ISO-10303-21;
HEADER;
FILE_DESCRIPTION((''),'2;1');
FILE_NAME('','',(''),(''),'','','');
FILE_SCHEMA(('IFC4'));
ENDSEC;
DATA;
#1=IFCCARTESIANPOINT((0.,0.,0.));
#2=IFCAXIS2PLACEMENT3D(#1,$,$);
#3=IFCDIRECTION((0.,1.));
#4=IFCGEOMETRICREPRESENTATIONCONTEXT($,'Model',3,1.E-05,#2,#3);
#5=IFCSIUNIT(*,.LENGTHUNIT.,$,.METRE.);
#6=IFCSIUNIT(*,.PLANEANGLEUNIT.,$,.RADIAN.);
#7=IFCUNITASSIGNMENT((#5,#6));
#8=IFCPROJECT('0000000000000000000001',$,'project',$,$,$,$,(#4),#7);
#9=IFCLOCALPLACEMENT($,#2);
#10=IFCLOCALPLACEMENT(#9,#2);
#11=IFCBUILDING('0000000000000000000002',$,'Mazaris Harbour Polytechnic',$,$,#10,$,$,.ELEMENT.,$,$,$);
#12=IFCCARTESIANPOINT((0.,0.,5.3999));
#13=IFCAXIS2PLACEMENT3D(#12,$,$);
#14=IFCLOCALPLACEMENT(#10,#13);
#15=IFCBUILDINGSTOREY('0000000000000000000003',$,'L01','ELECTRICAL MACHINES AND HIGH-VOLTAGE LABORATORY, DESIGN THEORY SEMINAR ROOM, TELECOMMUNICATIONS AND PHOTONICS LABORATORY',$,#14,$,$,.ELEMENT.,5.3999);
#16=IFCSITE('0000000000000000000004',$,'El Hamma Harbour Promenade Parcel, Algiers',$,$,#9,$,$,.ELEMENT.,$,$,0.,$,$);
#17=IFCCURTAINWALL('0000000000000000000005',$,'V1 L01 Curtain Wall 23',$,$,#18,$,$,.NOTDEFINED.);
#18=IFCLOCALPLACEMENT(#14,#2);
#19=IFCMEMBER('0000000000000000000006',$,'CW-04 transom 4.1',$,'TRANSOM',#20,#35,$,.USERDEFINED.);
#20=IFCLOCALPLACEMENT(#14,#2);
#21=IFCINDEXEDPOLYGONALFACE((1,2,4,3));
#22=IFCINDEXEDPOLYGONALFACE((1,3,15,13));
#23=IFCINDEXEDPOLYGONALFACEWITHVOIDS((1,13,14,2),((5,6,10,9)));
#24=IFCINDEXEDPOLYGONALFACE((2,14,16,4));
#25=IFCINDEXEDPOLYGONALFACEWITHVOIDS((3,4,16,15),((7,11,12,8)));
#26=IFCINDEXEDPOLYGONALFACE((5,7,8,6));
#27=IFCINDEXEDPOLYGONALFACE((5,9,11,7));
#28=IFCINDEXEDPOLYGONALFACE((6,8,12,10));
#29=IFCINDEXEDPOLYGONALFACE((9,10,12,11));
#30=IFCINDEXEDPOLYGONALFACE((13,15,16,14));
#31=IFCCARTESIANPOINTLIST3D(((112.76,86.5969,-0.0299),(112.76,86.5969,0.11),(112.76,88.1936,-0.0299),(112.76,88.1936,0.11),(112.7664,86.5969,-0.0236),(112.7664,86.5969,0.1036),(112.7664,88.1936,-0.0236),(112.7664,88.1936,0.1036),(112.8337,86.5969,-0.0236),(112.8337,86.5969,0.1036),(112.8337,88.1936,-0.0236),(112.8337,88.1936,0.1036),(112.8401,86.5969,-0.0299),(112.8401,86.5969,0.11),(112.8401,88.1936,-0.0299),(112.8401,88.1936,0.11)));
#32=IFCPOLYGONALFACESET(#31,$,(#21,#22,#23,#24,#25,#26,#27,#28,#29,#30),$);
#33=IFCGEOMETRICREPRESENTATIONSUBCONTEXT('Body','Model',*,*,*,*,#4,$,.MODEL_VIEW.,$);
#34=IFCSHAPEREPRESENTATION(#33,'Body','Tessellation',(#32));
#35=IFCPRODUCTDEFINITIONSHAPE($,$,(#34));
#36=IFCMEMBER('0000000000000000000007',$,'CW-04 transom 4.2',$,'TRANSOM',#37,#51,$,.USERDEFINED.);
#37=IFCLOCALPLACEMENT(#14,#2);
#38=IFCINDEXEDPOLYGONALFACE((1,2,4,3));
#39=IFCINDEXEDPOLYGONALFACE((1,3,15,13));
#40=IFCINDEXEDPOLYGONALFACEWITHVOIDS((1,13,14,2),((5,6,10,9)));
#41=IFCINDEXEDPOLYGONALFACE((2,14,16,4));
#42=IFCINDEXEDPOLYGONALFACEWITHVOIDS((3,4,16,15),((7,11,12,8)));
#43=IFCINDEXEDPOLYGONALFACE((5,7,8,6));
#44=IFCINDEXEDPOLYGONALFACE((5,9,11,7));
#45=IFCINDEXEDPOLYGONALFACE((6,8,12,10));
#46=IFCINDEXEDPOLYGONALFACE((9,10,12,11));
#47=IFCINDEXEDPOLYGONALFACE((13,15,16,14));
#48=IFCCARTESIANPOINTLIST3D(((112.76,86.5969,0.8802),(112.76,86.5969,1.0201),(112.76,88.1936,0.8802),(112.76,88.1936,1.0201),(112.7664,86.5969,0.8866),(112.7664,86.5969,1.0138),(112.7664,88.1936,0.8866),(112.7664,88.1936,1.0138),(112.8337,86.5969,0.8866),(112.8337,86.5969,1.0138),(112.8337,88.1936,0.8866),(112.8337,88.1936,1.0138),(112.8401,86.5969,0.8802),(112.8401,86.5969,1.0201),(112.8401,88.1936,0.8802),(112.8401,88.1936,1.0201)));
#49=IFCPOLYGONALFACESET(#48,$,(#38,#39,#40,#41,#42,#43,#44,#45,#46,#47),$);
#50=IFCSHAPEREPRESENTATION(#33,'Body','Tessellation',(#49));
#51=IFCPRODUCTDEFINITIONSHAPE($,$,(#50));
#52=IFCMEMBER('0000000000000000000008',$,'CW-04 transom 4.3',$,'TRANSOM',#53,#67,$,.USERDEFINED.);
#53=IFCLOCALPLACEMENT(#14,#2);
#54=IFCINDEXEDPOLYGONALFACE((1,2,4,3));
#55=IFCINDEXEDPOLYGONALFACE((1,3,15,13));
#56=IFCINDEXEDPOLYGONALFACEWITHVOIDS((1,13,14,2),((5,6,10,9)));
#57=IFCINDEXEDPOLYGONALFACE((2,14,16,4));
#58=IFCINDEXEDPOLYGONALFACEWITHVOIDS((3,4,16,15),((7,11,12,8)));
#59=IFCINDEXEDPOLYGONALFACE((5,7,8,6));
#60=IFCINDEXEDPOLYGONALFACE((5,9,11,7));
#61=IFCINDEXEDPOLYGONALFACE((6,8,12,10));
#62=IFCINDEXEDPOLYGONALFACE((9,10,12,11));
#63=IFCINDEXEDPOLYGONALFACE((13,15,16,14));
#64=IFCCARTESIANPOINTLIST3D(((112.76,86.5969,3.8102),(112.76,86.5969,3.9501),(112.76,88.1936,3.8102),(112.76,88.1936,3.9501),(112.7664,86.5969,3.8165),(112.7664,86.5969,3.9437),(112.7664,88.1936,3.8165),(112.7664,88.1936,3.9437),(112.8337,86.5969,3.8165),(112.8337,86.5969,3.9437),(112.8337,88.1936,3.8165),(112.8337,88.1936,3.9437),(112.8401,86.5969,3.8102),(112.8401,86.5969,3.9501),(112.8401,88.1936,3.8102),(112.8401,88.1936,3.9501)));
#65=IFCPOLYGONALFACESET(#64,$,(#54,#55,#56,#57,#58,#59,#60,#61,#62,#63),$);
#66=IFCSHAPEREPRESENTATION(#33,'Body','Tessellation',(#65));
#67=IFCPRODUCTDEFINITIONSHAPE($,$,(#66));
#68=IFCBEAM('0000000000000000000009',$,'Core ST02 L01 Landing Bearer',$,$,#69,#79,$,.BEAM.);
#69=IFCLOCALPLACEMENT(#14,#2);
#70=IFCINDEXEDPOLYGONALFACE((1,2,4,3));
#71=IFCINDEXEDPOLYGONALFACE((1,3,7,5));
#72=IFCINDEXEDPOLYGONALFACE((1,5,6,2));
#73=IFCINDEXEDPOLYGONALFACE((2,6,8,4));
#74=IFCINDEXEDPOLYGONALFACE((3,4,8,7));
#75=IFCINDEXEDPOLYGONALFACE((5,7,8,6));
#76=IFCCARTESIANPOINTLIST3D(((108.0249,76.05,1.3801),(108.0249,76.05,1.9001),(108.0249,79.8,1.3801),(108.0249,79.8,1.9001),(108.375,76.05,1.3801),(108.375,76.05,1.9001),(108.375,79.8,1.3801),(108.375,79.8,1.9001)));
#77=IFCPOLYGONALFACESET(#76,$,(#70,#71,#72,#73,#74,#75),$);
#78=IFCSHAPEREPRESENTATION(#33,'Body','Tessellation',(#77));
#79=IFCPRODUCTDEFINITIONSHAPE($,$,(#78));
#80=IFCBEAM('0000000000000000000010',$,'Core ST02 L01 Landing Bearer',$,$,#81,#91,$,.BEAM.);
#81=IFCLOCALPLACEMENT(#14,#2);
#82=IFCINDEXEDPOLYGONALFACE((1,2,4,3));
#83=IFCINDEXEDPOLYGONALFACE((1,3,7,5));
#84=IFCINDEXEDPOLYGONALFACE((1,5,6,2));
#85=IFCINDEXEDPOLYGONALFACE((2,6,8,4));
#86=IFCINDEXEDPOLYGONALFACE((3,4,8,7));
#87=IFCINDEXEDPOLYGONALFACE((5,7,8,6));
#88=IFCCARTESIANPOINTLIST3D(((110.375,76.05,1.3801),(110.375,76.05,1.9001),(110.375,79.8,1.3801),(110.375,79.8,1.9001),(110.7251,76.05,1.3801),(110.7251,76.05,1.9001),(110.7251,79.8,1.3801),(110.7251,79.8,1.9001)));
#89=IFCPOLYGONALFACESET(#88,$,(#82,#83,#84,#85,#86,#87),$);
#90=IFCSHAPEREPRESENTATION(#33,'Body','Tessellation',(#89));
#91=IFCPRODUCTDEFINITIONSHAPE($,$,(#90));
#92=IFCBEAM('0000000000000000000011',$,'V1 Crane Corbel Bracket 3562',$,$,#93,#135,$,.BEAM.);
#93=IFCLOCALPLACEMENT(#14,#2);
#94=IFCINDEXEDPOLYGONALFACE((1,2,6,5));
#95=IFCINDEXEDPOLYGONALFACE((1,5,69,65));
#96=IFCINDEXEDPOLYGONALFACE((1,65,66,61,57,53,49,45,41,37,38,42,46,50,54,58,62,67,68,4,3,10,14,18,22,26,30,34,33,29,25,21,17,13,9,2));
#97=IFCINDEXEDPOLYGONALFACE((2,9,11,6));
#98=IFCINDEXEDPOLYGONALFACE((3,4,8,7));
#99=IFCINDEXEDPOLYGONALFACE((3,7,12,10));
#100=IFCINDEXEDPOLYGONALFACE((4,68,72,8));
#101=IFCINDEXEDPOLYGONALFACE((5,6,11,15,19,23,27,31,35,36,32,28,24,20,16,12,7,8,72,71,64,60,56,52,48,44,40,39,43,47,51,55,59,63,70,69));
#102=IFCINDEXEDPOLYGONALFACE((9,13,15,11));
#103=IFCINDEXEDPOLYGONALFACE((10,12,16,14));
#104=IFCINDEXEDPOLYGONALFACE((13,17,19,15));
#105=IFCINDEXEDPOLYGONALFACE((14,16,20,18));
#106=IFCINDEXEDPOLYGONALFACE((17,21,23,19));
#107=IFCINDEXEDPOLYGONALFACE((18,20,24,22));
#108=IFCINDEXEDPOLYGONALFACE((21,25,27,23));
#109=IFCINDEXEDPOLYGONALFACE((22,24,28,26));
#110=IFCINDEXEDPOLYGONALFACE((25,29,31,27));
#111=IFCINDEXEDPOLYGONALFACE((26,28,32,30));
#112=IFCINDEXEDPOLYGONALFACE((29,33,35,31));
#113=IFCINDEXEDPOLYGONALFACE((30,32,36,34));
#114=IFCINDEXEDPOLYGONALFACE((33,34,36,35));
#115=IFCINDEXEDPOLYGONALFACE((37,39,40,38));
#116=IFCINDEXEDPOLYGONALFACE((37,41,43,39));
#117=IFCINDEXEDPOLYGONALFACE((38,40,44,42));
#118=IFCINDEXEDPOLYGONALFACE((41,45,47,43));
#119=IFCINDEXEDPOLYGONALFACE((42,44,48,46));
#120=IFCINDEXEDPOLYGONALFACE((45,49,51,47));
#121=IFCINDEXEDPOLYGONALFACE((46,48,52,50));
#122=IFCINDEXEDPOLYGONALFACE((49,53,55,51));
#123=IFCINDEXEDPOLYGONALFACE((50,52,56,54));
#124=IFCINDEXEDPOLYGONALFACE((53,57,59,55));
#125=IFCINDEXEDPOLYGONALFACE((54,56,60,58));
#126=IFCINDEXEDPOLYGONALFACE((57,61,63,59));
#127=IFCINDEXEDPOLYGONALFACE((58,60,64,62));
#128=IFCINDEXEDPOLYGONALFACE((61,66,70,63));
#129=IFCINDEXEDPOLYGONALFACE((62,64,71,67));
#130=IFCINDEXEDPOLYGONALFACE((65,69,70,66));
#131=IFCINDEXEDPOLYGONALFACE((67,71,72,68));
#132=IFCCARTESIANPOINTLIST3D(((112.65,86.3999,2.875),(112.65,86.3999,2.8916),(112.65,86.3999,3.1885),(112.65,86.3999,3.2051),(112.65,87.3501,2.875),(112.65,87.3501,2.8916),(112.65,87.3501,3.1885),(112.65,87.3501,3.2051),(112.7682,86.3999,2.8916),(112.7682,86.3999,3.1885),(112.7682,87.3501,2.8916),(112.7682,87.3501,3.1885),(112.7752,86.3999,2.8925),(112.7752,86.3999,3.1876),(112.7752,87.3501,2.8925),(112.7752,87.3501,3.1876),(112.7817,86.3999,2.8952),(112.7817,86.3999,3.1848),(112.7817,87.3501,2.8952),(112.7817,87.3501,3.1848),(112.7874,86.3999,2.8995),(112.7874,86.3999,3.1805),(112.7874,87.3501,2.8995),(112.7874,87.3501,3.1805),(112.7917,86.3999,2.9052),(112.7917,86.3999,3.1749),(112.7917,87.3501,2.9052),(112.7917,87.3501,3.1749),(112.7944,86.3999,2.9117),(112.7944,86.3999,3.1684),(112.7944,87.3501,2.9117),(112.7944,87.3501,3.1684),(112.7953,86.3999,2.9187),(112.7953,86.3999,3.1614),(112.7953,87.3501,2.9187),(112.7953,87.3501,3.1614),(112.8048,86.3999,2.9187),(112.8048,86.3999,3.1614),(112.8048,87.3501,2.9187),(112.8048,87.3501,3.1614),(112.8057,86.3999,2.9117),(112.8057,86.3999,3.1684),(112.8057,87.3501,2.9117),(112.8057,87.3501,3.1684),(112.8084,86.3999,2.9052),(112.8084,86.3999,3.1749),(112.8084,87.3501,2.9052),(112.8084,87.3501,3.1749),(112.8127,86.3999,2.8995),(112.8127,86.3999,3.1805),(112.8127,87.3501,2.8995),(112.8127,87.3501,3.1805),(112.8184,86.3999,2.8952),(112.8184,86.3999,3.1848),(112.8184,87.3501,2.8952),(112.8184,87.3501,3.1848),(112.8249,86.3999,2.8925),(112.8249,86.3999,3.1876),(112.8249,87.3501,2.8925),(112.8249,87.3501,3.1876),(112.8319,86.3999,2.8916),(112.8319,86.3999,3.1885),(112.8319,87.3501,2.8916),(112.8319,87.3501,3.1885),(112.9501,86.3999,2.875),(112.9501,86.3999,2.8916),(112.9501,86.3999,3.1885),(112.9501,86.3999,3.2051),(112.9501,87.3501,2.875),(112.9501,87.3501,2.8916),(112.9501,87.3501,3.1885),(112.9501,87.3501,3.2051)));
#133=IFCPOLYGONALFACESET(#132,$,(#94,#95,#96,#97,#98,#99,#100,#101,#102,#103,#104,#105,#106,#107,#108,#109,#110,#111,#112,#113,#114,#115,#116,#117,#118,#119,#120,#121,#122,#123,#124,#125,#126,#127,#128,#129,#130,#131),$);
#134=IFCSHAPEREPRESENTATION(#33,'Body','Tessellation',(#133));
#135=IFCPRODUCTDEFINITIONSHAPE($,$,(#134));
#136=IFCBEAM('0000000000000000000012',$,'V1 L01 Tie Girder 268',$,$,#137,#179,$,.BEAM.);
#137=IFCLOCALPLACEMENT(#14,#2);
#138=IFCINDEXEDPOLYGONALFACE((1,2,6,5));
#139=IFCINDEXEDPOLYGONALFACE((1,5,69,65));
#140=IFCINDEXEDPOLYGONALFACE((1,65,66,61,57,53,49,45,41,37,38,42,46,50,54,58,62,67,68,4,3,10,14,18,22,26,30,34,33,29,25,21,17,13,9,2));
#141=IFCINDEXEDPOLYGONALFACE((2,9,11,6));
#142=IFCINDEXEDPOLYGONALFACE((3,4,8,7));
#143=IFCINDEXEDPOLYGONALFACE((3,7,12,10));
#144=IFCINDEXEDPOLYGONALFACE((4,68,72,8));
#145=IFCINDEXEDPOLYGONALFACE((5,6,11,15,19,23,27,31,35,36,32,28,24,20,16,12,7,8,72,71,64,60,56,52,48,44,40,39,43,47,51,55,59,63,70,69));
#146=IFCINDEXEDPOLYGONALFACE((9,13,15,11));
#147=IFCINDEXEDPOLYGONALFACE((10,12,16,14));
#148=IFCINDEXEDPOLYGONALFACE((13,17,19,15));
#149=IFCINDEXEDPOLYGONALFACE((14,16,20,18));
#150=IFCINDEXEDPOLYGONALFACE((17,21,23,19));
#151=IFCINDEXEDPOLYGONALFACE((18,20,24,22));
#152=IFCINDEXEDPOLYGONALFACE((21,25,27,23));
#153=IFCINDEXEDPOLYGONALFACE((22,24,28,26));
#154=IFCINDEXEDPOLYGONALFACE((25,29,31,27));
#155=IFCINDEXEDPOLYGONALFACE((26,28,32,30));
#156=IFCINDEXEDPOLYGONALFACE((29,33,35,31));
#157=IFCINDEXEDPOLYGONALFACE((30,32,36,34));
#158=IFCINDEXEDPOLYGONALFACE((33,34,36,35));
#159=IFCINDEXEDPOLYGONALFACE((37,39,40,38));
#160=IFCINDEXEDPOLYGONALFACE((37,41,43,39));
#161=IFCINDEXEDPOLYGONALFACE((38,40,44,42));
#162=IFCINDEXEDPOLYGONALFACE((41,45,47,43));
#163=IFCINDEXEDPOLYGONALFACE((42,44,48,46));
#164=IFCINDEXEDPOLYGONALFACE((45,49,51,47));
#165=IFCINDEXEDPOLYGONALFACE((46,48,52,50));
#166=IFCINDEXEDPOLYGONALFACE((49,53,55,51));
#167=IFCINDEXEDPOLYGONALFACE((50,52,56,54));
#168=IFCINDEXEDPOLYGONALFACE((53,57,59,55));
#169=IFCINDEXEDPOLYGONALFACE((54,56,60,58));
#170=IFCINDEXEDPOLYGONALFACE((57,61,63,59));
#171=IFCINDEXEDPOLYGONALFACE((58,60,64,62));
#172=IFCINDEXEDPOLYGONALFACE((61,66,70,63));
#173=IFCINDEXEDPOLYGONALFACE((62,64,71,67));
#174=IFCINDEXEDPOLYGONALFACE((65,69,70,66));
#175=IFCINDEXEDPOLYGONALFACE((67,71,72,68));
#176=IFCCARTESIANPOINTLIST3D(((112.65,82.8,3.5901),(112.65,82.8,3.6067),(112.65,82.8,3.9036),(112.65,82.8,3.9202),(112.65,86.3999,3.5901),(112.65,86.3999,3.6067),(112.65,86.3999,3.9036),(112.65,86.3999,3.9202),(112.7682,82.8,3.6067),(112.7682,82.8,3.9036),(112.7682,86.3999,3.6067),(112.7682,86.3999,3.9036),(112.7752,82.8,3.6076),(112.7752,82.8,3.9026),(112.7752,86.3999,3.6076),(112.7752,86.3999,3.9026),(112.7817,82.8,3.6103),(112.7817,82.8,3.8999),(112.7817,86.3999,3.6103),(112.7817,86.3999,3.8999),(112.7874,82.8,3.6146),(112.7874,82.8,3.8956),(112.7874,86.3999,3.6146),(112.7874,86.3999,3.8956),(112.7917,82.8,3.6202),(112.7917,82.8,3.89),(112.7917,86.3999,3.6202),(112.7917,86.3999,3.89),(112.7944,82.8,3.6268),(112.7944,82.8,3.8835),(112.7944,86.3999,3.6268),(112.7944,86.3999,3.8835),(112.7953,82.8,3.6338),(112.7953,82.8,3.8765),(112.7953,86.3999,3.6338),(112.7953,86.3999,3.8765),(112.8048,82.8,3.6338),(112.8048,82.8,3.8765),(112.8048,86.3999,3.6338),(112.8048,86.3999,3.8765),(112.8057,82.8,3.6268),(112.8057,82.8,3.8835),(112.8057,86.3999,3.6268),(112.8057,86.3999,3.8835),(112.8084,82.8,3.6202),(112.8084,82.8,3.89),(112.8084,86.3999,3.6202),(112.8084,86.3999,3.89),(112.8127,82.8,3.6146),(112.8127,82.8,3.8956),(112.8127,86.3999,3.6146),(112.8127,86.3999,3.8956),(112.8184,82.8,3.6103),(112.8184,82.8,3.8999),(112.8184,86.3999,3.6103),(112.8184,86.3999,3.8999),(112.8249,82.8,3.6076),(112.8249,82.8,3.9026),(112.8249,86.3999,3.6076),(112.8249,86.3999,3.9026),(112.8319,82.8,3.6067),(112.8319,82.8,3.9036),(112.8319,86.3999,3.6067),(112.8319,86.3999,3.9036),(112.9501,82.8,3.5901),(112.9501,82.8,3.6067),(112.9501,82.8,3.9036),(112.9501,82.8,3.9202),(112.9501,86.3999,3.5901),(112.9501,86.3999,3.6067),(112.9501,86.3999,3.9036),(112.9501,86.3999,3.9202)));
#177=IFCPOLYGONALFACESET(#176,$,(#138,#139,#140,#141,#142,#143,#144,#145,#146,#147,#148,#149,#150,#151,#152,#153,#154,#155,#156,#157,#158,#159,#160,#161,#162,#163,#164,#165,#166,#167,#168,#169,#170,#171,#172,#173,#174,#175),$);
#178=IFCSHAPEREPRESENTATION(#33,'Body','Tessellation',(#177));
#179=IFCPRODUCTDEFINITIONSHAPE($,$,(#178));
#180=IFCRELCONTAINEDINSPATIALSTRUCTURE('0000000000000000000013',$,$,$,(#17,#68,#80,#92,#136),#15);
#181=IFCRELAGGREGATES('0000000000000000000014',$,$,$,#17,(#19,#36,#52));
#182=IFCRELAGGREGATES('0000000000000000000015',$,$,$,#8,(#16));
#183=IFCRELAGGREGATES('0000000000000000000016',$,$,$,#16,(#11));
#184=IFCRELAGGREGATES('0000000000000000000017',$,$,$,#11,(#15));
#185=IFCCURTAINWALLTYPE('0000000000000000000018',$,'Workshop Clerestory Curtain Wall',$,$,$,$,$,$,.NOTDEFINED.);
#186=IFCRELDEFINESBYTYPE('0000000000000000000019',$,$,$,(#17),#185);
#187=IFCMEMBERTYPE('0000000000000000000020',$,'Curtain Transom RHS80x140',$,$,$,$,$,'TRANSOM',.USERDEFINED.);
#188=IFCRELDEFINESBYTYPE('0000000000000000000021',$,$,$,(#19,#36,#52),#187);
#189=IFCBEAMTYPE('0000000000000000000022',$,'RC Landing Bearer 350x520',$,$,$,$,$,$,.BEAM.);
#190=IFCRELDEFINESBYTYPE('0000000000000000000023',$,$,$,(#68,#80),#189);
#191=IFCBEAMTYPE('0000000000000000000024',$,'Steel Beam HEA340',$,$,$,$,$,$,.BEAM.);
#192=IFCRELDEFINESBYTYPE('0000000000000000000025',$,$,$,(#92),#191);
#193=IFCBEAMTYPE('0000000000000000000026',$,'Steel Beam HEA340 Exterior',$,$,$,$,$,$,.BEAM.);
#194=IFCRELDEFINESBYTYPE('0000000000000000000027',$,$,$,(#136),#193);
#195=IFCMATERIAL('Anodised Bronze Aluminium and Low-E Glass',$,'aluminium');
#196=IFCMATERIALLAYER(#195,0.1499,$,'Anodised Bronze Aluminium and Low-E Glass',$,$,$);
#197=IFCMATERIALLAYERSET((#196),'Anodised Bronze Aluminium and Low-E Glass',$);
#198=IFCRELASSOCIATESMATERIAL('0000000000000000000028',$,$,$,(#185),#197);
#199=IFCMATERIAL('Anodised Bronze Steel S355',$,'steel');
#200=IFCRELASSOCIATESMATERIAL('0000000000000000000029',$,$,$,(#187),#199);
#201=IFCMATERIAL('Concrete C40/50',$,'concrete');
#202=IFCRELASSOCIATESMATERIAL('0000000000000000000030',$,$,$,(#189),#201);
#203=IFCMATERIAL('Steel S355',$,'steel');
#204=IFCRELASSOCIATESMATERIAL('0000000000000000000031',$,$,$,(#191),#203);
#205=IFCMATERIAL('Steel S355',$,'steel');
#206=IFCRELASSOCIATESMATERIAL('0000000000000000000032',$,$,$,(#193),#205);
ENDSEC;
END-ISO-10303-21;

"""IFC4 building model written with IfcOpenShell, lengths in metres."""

from ifc_helpers import new_model, si_unit, direction, frame, origin, origin_2d, place, context, subcontext, project, spatial, rectangle, hollow_rectangle, i_section, extrude, material, layer, layer_set, material_profile, profile_set, type_object, element, aggregate, save


model = new_model("IFC4")

# Units and contexts
model_context = context("Model", 3, precision=1e-05, world=origin(), true_north=direction((0.0, 1.0)))
body_context = subcontext(model_context, "Body", "Model", "MODEL_VIEW")
ifc_project = project(units=[si_unit("LENGTHUNIT", "METRE"), si_unit("PLANEANGLEUNIT", "RADIAN")], contexts=[model_context])

# Site, building, storey
site_placement = place(None, origin())
site = spatial("IfcSite", under=ifc_project, at=site_placement, Name="El Hamma Harbour Promenade Parcel, Algiers", CompositionType="ELEMENT", RefElevation=0.0)
building_placement = place(site_placement, origin())
building = spatial("IfcBuilding", under=site, at=building_placement, Name="Mazaris Harbour Polytechnic", CompositionType="ELEMENT")
storey_placement = place(building_placement, frame((0.0, 0.0, 5.3999)))
storey = spatial("IfcBuildingStorey", under=building, at=storey_placement, Name="L01", Description="ELECTRICAL MACHINES AND HIGH-VOLTAGE LABORATORY, DESIGN THEORY SEMINAR ROOM, TELECOMMUNICATIONS AND PHOTONICS LABORATORY", CompositionType="ELEMENT", Elevation=5.3999)

# Curtain wall
ifc_material_1 = material(Name="Anodised Bronze Aluminium and Low-E Glass", Category="aluminium")
ifc_layer_1 = layer(ifc_material_1, 0.1499, Name="Anodised Bronze Aluminium and Low-E Glass")
ifc_layer_set_1 = layer_set([ifc_layer_1], Name="Anodised Bronze Aluminium and Low-E Glass")
curtain_wall_type_1 = type_object("IfcCurtainWallType", Name="Workshop Clerestory Curtain Wall", PredefinedType="NOTDEFINED", material=ifc_layer_set_1)
curtain_wall_1_placement = place(storey_placement, origin())
curtain_wall_1 = element("IfcCurtainWall", 1, at=curtain_wall_1_placement, inside=storey, type_object=curtain_wall_type_1, Name="V1 L01 Curtain Wall 23", PredefinedType="NOTDEFINED")

# Members
ifc_material_2 = material(Name="Anodised Bronze Steel S355", Category="steel")
ifc_material_profile_1 = material_profile(ifc_material_2, hollow_rectangle(XDim=0.0801, YDim=0.1399, WallThickness=0.0063, at=origin_2d()), Name="RHS 80x140x6.3")
ifc_profile_set_1 = profile_set([ifc_material_profile_1], Name="Anodised Bronze Steel S355")
member_type_1 = type_object("IfcMemberType", Name="Curtain Transom RHS80x140", ElementType="TRANSOM", PredefinedType="USERDEFINED", material=ifc_profile_set_1)
member_1_placement = place(storey_placement, frame((112.8, 88.1936, 0.04), z_axis=(0.0, -1.0, 0.0), x_axis=(1.0, 0.0, 0.0)))
member_1 = element("IfcMember", 2, at=member_1_placement, type_object=member_type_1, Name="CW-04 transom 4.1", ObjectType="TRANSOM", PredefinedType="USERDEFINED", context=body_context, shape_type="SweptSolid", body=[
    extrude(hollow_rectangle(XDim=0.0801, YDim=0.1399, WallThickness=0.0063, at=origin_2d()), origin(), (0.0, 0.0, 1.0), 1.5967),
])
member_2_placement = place(storey_placement, frame((112.8, 88.1936, 0.9502), z_axis=(0.0, -1.0, 0.0), x_axis=(1.0, 0.0, 0.0)))
member_2 = element("IfcMember", 3, at=member_2_placement, type_object=member_type_1, Name="CW-04 transom 4.2", ObjectType="TRANSOM", PredefinedType="USERDEFINED", context=body_context, shape_type="SweptSolid", body=[
    extrude(hollow_rectangle(XDim=0.0801, YDim=0.1399, WallThickness=0.0063, at=origin_2d()), origin(), (0.0, 0.0, 1.0), 1.5967),
])
member_3_placement = place(storey_placement, frame((112.8, 88.1936, 3.8801), z_axis=(0.0, -1.0, 0.0), x_axis=(1.0, 0.0, 0.0)))
member_3 = element("IfcMember", 4, at=member_3_placement, type_object=member_type_1, Name="CW-04 transom 4.3", ObjectType="TRANSOM", PredefinedType="USERDEFINED", context=body_context, shape_type="SweptSolid", body=[
    extrude(hollow_rectangle(XDim=0.0801, YDim=0.1399, WallThickness=0.0063, at=origin_2d()), origin(), (0.0, 0.0, 1.0), 1.5967),
])

# Beams
ifc_material_3 = material(Name="Concrete C40/50", Category="concrete")
ifc_material_profile_2 = material_profile(ifc_material_3, rectangle(XDim=0.3501, YDim=0.52, at=origin_2d()), Name="RECT350x520")
ifc_profile_set_2 = profile_set([ifc_material_profile_2], Name="Concrete C40/50")
beam_type_1 = type_object("IfcBeamType", Name="RC Landing Bearer 350x520", PredefinedType="BEAM", material=ifc_profile_set_2)
for number, where, z_axis, x_axis, name in (
    (5, (108.2, 76.05, 1.6401), (0.0, 1.0, 0.0), (-1.0, 0.0, 0.0), "Core ST02 L01 Landing Bearer"),
    (6, (110.55, 76.05, 1.6401), (0.0, 1.0, 0.0), (-1.0, 0.0, 0.0), "Core ST02 L01 Landing Bearer"),
):
    element("IfcBeam", number, at=place(storey_placement, frame(where, z_axis=z_axis, x_axis=x_axis)), inside=storey, type_object=beam_type_1, Name=name, PredefinedType="BEAM", context=body_context, shape_type="SweptSolid", body=[
        extrude(rectangle(XDim=0.3501, YDim=0.52, at=origin_2d()), origin(), (0.0, 0.0, 1.0), 3.75),
    ])
ifc_material_4 = material(Name="Steel S355", Category="steel")
ifc_material_profile_3 = material_profile(ifc_material_4, i_section(OverallWidth=0.3, OverallDepth=0.3301, WebThickness=0.0095, FlangeThickness=0.0166, FilletRadius=0.0271, at=origin_2d()), Name="HEA 340")
ifc_profile_set_3 = profile_set([ifc_material_profile_3], Name="Steel S355")
beam_type_2 = type_object("IfcBeamType", Name="Steel Beam HEA340", PredefinedType="BEAM", material=ifc_profile_set_3)
beam_1_placement = place(storey_placement, frame((112.8, 86.3999, 3.04), z_axis=(0.0, 1.0, 0.0), x_axis=(-1.0, 0.0, 0.0)))
element("IfcBeam", 7, at=beam_1_placement, inside=storey, type_object=beam_type_2, Name="V1 Crane Corbel Bracket 3562", PredefinedType="BEAM", context=body_context, shape_type="SweptSolid", body=[
    extrude(i_section(OverallWidth=0.3, OverallDepth=0.3301, WebThickness=0.0095, FlangeThickness=0.0166, FilletRadius=0.0271, at=origin_2d()), origin(), (0.0, 0.0, 1.0), 0.9502),
])
ifc_material_5 = material(Name="Steel S355", Category="steel")
ifc_material_profile_4 = material_profile(ifc_material_5, i_section(OverallWidth=0.3, OverallDepth=0.3301, WebThickness=0.0095, FlangeThickness=0.0166, FilletRadius=0.0271, at=origin_2d()), Name="HEA 340")
ifc_profile_set_4 = profile_set([ifc_material_profile_4], Name="Steel S355")
beam_type_3 = type_object("IfcBeamType", Name="Steel Beam HEA340 Exterior", PredefinedType="BEAM", material=ifc_profile_set_4)
beam_2_placement = place(storey_placement, frame((112.8, 82.8, 3.7551), z_axis=(0.0, 1.0, 0.0), x_axis=(-1.0, 0.0, 0.0)))
element("IfcBeam", 8, at=beam_2_placement, inside=storey, type_object=beam_type_3, Name="V1 L01 Tie Girder 268", PredefinedType="BEAM", context=body_context, shape_type="SweptSolid", body=[
    extrude(i_section(OverallWidth=0.3, OverallDepth=0.3301, WebThickness=0.0095, FlangeThickness=0.0166, FilletRadius=0.0271, at=origin_2d()), origin(), (0.0, 0.0, 1.0), 3.5999),
])

aggregate(curtain_wall_1, [member_1, member_2, member_3])

save(model, "model.ifc")
